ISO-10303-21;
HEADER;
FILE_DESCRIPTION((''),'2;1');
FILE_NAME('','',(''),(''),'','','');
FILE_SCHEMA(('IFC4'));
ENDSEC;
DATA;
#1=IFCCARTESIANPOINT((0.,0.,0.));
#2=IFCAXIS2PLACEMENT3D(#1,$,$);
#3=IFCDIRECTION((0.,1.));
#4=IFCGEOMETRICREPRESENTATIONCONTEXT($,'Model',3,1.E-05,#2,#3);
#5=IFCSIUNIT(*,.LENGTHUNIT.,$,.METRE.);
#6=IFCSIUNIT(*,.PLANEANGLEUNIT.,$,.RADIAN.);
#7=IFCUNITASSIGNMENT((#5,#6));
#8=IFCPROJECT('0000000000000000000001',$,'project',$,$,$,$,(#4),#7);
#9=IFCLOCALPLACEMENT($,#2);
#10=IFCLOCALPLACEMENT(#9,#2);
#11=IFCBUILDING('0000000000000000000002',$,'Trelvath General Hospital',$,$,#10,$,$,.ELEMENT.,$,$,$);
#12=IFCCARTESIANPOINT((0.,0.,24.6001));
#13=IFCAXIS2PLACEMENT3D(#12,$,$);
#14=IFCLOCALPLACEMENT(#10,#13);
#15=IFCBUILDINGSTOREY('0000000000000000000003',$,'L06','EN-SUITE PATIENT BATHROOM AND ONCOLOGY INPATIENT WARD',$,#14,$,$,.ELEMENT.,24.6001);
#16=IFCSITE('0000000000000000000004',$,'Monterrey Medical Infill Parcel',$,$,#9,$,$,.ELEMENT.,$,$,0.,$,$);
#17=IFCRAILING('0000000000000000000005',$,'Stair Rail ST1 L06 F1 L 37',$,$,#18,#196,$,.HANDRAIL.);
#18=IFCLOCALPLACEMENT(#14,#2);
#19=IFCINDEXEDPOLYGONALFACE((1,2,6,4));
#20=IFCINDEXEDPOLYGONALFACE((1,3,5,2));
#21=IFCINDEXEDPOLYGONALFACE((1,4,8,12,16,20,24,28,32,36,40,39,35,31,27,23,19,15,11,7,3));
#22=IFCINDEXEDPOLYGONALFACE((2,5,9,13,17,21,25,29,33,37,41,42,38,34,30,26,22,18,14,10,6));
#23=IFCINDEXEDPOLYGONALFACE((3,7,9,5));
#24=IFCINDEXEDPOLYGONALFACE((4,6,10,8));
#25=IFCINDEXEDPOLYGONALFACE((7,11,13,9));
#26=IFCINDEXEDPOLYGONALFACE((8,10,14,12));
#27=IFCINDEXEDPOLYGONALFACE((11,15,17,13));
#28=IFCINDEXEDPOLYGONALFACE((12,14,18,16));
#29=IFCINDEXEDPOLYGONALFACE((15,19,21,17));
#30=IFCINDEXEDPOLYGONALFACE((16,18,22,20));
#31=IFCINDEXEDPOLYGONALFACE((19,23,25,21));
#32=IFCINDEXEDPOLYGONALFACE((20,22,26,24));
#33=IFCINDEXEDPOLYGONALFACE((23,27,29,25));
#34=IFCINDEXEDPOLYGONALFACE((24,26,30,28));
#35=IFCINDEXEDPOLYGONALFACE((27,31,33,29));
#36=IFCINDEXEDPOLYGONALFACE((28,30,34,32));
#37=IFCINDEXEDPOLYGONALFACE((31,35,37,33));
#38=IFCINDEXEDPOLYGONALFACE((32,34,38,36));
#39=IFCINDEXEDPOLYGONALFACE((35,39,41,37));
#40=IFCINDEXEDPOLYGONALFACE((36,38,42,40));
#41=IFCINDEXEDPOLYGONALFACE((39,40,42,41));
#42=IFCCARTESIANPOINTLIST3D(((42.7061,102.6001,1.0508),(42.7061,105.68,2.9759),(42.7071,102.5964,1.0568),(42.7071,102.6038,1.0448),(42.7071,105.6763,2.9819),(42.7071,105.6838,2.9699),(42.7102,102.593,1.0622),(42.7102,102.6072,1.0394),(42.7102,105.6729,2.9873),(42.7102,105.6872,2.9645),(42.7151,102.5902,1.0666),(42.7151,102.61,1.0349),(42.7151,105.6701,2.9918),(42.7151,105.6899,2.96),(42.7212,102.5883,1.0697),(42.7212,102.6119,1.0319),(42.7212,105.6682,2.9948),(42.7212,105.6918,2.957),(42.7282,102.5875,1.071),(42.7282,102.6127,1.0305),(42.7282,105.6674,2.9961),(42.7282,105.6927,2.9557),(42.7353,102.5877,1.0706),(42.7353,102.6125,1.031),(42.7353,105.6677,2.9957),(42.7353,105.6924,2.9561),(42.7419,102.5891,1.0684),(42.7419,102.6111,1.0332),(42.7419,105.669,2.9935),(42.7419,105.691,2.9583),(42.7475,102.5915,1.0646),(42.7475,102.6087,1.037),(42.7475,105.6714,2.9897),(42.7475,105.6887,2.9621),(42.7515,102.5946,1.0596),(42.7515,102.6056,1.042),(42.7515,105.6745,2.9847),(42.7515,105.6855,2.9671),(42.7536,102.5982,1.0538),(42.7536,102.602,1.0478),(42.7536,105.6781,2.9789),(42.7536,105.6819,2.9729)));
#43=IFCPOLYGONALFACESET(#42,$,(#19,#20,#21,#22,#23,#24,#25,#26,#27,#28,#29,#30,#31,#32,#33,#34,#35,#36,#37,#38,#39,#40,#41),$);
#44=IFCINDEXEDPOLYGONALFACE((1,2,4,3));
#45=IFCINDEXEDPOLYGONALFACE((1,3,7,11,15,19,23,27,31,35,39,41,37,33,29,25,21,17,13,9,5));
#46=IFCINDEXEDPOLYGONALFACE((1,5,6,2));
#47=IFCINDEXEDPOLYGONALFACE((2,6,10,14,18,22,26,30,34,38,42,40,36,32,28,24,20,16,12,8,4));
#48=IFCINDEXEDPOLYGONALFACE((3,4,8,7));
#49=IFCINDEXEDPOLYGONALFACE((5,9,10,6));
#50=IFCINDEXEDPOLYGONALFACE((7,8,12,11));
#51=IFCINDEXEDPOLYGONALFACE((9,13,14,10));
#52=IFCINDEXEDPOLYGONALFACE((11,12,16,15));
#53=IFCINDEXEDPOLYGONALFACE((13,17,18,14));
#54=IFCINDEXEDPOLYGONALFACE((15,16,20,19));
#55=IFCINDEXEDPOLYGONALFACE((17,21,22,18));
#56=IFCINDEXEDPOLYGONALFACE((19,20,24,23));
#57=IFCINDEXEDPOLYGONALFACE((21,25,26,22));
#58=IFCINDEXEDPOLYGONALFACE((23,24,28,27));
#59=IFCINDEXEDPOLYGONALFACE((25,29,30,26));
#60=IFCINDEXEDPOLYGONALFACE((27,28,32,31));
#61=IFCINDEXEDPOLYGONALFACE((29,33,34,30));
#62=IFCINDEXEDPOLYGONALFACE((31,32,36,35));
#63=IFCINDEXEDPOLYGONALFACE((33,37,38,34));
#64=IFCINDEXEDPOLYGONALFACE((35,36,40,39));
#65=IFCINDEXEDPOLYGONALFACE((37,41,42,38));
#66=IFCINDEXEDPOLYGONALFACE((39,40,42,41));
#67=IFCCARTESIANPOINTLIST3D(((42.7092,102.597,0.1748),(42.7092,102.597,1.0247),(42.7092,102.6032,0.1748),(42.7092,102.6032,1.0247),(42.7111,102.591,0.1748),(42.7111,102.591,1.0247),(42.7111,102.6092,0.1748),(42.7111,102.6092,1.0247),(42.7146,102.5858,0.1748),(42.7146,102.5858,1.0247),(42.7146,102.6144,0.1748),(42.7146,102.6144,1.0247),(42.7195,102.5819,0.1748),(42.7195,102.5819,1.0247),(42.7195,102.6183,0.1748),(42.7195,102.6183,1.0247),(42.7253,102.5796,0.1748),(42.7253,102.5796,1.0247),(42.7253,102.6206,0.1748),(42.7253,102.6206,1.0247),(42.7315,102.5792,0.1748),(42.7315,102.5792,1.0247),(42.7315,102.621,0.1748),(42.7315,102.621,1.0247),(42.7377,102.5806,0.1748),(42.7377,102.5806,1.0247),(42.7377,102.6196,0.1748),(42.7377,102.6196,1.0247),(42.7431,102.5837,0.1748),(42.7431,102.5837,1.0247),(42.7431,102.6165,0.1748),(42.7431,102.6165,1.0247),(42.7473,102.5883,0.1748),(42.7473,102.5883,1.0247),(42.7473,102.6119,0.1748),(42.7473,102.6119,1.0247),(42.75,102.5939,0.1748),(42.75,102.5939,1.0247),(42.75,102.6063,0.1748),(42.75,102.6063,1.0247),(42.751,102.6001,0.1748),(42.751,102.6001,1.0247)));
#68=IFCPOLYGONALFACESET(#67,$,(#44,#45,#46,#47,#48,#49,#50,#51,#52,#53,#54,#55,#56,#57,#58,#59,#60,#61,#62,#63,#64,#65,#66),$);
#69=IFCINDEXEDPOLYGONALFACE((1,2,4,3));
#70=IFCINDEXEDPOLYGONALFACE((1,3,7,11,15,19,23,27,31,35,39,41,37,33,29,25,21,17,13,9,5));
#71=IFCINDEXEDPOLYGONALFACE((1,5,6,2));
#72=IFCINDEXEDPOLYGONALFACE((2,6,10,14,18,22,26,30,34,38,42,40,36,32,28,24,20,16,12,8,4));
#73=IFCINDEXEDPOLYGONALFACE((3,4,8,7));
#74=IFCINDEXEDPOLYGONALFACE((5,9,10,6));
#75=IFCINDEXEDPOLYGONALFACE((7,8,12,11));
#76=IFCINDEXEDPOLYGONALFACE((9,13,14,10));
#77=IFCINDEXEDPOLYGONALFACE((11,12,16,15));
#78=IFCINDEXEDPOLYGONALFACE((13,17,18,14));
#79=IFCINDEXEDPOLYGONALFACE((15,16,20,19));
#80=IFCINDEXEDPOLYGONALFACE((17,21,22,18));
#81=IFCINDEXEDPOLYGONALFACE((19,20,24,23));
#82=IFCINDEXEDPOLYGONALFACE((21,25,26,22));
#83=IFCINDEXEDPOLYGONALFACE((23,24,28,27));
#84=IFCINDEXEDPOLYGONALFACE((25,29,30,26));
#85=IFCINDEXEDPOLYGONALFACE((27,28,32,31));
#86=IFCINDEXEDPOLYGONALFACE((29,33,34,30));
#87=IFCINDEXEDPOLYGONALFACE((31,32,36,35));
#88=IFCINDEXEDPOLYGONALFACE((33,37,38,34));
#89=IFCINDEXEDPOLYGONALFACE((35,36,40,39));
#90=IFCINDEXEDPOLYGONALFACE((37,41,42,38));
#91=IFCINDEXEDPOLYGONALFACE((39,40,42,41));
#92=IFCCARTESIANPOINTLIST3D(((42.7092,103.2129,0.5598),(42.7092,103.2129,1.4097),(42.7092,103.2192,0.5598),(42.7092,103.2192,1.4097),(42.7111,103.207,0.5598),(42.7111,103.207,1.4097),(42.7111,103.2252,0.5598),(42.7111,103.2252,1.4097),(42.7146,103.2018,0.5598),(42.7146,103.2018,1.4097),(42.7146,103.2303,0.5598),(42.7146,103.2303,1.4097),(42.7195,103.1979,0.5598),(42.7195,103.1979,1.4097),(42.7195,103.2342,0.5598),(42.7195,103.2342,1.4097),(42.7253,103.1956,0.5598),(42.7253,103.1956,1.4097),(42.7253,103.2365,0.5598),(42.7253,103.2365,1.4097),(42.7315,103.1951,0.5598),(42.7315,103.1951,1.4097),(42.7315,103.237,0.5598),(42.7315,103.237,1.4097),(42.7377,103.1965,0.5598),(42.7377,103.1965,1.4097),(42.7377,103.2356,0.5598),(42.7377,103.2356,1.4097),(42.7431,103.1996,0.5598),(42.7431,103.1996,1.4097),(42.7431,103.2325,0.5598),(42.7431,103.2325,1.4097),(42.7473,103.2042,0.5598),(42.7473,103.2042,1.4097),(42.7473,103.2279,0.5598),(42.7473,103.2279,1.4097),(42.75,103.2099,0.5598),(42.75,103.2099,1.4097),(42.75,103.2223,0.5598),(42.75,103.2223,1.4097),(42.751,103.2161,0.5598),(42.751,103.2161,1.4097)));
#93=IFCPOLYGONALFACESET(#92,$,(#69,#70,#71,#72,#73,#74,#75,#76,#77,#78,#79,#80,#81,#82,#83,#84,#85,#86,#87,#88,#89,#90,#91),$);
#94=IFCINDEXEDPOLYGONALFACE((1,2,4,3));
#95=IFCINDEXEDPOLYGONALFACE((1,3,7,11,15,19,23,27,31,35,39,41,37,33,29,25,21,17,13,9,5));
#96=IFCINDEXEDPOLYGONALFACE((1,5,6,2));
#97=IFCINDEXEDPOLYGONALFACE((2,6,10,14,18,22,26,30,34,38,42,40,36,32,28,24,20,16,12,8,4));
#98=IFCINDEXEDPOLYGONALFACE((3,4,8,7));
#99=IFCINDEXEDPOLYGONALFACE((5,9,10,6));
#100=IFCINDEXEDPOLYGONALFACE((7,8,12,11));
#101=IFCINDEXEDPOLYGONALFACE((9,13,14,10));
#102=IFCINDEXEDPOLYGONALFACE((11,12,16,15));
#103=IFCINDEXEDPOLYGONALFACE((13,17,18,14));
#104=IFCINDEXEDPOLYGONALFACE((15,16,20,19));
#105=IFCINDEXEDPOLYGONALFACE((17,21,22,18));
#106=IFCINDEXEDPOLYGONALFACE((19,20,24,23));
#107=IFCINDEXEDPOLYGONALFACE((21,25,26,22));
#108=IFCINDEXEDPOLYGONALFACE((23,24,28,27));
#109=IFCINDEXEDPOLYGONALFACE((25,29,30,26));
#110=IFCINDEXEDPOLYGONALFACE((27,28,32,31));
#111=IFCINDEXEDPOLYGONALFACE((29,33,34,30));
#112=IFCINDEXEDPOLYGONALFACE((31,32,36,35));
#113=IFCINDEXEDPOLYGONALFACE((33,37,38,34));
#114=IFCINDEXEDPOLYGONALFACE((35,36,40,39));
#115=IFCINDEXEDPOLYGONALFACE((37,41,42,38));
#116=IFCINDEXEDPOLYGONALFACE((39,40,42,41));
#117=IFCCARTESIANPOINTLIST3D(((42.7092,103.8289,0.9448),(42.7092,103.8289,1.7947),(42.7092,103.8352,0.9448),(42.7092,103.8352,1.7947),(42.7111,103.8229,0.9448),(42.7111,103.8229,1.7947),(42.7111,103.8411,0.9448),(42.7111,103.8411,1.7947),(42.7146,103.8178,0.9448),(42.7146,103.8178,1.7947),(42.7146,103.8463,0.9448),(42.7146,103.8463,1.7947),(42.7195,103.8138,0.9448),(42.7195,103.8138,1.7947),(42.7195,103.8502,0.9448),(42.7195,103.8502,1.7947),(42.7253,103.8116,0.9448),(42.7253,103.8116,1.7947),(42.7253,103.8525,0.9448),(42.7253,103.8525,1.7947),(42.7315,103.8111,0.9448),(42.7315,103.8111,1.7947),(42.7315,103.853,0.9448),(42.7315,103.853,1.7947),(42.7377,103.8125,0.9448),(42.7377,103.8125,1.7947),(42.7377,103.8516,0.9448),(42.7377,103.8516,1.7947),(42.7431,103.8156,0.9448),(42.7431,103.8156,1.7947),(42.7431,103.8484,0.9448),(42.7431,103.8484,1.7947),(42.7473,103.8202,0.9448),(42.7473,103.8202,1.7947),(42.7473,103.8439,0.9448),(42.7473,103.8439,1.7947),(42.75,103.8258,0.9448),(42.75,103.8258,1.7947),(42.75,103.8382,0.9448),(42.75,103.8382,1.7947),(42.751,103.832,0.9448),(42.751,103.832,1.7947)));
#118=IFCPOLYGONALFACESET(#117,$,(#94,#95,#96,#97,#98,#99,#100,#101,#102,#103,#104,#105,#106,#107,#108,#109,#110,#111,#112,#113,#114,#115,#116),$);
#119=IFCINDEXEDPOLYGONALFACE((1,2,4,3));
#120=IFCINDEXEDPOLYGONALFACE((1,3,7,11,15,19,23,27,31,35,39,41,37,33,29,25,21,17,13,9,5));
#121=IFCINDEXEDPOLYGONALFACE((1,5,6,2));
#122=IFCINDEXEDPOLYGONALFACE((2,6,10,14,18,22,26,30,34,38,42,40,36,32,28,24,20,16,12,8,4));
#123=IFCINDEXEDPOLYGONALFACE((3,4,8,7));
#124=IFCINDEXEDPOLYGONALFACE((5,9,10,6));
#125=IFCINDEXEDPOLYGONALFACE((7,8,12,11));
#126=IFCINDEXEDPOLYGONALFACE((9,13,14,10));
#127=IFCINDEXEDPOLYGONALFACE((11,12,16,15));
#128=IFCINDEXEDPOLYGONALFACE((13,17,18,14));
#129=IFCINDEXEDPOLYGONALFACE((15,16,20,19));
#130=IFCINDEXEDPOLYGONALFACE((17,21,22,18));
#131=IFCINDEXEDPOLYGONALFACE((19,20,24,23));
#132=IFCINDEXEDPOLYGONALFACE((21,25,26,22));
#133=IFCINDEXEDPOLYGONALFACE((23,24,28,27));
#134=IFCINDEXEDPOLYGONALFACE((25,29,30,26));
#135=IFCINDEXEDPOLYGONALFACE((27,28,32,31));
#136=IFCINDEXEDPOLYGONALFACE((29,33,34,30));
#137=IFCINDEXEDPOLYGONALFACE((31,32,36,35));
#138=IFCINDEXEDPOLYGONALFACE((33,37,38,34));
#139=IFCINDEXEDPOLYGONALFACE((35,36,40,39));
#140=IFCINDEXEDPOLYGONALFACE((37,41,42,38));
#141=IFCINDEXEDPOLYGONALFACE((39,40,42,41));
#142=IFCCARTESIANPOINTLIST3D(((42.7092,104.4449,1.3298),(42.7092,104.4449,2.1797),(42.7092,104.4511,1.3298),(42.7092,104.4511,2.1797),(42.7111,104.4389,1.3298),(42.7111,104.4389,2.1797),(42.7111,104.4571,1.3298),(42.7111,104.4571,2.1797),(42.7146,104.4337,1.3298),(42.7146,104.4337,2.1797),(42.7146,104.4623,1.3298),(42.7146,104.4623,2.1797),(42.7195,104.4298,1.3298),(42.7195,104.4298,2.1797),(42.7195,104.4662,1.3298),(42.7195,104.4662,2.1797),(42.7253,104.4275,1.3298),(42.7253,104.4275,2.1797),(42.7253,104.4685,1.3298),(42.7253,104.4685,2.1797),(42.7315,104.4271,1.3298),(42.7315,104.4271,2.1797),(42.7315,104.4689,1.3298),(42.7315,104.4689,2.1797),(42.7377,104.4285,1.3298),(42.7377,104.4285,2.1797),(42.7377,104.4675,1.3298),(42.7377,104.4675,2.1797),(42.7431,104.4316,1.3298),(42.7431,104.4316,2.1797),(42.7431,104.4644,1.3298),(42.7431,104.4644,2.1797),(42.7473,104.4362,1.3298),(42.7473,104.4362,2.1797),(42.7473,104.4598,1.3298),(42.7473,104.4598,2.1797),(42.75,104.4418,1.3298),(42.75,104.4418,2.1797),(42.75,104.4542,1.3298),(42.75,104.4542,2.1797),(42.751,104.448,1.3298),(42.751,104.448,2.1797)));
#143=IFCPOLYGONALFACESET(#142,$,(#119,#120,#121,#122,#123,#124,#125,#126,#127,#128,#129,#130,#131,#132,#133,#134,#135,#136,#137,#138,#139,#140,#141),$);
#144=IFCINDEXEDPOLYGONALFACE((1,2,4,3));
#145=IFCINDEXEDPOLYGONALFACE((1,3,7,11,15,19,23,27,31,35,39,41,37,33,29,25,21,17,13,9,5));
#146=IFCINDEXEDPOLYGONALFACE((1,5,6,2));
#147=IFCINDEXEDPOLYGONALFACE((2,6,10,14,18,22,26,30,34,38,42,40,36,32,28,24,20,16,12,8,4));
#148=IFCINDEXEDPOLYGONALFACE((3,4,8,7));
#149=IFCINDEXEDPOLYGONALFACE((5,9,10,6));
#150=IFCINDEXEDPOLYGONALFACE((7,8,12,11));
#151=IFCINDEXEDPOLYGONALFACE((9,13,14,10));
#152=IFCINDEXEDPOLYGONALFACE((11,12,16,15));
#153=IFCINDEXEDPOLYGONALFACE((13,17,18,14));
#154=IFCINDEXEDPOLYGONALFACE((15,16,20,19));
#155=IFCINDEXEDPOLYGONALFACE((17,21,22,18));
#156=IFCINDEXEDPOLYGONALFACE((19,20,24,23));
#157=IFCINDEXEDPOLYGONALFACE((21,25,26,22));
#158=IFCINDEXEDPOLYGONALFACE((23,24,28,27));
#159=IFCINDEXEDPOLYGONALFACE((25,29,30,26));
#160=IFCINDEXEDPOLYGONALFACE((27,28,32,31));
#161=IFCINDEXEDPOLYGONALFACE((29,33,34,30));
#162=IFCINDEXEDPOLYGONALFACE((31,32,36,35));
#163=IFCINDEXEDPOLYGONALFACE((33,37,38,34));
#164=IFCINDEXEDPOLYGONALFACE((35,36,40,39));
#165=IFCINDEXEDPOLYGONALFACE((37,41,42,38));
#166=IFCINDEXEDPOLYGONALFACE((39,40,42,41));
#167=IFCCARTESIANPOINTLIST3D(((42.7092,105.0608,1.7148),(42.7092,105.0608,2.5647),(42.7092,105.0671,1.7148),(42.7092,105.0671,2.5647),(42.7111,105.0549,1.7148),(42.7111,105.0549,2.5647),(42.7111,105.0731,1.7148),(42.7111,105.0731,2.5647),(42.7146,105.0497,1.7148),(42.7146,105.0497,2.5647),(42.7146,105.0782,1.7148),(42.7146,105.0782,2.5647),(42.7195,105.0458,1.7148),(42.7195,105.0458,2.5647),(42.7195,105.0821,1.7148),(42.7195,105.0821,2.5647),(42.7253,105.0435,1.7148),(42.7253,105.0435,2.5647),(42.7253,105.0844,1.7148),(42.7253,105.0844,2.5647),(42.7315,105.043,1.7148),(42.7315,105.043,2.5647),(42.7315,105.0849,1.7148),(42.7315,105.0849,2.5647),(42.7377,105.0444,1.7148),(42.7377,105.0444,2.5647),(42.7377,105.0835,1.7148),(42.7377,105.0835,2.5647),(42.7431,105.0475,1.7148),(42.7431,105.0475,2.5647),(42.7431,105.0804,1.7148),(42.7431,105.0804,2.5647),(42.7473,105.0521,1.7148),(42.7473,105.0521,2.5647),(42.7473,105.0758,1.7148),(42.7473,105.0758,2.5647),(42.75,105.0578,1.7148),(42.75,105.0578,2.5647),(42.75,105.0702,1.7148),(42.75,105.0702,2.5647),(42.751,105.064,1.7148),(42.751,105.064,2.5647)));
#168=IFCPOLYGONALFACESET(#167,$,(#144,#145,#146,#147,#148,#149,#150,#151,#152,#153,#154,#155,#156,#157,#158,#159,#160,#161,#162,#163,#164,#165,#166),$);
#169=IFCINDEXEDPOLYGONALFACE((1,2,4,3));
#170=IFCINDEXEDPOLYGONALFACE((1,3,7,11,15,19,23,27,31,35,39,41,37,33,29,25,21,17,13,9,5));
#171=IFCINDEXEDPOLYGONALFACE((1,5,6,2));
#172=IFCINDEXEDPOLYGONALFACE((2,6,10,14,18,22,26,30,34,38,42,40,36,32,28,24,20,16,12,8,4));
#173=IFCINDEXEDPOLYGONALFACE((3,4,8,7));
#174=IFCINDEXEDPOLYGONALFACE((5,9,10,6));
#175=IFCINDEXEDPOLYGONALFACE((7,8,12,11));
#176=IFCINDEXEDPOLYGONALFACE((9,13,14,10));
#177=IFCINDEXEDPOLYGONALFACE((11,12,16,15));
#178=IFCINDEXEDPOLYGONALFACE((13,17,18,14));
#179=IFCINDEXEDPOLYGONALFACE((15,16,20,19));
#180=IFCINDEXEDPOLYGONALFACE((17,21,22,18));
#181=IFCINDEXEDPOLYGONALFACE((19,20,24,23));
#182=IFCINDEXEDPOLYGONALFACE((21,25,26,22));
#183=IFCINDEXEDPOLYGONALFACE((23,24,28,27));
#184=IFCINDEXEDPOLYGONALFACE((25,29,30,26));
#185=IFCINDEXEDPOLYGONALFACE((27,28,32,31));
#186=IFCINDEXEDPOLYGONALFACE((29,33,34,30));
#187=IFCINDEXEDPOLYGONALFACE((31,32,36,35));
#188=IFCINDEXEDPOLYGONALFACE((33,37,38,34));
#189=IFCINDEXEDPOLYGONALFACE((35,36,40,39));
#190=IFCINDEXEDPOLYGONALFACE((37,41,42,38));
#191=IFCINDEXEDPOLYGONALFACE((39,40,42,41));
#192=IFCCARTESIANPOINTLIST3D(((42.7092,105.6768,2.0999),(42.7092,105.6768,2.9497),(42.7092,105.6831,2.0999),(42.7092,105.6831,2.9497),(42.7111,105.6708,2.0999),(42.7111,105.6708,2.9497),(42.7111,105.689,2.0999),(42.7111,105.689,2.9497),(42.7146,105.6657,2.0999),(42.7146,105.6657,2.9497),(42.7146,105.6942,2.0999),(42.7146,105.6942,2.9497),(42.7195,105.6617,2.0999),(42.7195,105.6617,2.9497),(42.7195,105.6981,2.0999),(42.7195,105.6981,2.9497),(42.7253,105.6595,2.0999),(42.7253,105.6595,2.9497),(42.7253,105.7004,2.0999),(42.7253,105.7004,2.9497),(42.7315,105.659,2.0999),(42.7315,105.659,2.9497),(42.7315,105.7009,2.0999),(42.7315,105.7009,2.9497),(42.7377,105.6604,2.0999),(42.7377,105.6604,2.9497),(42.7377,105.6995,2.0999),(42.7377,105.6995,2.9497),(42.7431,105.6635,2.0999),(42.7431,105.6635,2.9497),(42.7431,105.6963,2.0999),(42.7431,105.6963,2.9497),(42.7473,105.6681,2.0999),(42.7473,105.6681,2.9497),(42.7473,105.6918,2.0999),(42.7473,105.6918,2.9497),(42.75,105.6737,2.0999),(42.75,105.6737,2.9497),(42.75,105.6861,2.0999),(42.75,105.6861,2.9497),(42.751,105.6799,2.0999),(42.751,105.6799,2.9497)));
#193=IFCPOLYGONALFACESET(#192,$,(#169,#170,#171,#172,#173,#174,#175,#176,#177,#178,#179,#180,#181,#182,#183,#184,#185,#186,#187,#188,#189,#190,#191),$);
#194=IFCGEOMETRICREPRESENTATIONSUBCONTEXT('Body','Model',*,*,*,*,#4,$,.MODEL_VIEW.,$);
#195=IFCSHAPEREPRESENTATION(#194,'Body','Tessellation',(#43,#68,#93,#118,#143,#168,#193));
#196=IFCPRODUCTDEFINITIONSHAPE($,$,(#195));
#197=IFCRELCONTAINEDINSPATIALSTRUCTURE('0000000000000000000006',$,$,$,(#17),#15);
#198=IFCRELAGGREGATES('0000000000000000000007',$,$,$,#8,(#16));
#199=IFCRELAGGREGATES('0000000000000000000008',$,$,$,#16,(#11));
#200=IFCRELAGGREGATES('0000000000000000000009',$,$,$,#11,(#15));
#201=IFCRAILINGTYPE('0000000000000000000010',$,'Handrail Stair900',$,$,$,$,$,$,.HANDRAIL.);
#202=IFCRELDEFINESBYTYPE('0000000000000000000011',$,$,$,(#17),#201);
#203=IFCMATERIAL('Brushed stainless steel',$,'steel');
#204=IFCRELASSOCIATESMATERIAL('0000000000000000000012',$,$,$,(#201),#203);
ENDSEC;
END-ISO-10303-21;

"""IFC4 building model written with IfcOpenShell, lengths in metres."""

from ifc_helpers import new_model, si_unit, direction, frame, origin, origin_2d, place, context, subcontext, project, spatial, circle, extrude, material, type_object, element, save


model = new_model("IFC4")

# Units and contexts
model_context = context("Model", 3, precision=1e-05, world=origin(), true_north=direction((0.0, 1.0)))
body_context = subcontext(model_context, "Body", "Model", "MODEL_VIEW")
ifc_project = project(units=[si_unit("LENGTHUNIT", "METRE"), si_unit("PLANEANGLEUNIT", "RADIAN")], contexts=[model_context])

# Site, building, storey
site_placement = place(None, origin())
site = spatial("IfcSite", under=ifc_project, at=site_placement, Name="Monterrey Medical Infill Parcel", CompositionType="ELEMENT", RefElevation=0.0)
building_placement = place(site_placement, origin())
building = spatial("IfcBuilding", under=site, at=building_placement, Name="Trelvath General Hospital", CompositionType="ELEMENT")
storey_placement = place(building_placement, frame((0.0, 0.0, 24.6001)))
storey = spatial("IfcBuildingStorey", under=building, at=storey_placement, Name="L06", Description="EN-SUITE PATIENT BATHROOM AND ONCOLOGY INPATIENT WARD", CompositionType="ELEMENT", Elevation=24.6001)

# Railing
ifc_material_1 = material(Name="Brushed stainless steel", Category="steel")
railing_type_1 = type_object("IfcRailingType", Name="Handrail Stair900", PredefinedType="HANDRAIL", material=ifc_material_1)
railing_1_placement = place(storey_placement, frame((42.73, 102.6001, 0.1748)))
element("IfcRailing", 1, at=railing_1_placement, inside=storey, type_object=railing_type_1, Name="Stair Rail ST1 L06 F1 L 37", PredefinedType="HANDRAIL", context=body_context, shape_type="SweptSolid", body=[
    extrude(circle(Radius=0.0239, at=origin_2d()), frame((0.0, 0.0, 0.876), z_axis=(0.0, 0.847979, 0.530029), x_axis=(-1.0, 0.0, 0.0)), (0.0, 0.0, 1.0), 3.6321),
    extrude(circle(Radius=0.021, at=origin_2d()), origin(), (0.0, 0.0, 1.0), 0.8499),
    extrude(circle(Radius=0.021, at=origin_2d()), frame((0.0, 0.616, 0.385)), (0.0, 0.0, 1.0), 0.8499),
    extrude(circle(Radius=0.021, at=origin_2d()), frame((0.0, 1.2319, 0.77)), (0.0, 0.0, 1.0), 0.8499),
    extrude(circle(Radius=0.021, at=origin_2d()), frame((0.0, 1.8479, 1.155)), (0.0, 0.0, 1.0), 0.8499),
    extrude(circle(Radius=0.021, at=origin_2d()), frame((0.0, 2.4639, 1.54)), (0.0, 0.0, 1.0), 0.8499),
    extrude(circle(Radius=0.021, at=origin_2d()), frame((0.0, 3.0798, 1.925)), (0.0, 0.0, 1.0), 0.8499),
])

save(model, "model.ifc")
